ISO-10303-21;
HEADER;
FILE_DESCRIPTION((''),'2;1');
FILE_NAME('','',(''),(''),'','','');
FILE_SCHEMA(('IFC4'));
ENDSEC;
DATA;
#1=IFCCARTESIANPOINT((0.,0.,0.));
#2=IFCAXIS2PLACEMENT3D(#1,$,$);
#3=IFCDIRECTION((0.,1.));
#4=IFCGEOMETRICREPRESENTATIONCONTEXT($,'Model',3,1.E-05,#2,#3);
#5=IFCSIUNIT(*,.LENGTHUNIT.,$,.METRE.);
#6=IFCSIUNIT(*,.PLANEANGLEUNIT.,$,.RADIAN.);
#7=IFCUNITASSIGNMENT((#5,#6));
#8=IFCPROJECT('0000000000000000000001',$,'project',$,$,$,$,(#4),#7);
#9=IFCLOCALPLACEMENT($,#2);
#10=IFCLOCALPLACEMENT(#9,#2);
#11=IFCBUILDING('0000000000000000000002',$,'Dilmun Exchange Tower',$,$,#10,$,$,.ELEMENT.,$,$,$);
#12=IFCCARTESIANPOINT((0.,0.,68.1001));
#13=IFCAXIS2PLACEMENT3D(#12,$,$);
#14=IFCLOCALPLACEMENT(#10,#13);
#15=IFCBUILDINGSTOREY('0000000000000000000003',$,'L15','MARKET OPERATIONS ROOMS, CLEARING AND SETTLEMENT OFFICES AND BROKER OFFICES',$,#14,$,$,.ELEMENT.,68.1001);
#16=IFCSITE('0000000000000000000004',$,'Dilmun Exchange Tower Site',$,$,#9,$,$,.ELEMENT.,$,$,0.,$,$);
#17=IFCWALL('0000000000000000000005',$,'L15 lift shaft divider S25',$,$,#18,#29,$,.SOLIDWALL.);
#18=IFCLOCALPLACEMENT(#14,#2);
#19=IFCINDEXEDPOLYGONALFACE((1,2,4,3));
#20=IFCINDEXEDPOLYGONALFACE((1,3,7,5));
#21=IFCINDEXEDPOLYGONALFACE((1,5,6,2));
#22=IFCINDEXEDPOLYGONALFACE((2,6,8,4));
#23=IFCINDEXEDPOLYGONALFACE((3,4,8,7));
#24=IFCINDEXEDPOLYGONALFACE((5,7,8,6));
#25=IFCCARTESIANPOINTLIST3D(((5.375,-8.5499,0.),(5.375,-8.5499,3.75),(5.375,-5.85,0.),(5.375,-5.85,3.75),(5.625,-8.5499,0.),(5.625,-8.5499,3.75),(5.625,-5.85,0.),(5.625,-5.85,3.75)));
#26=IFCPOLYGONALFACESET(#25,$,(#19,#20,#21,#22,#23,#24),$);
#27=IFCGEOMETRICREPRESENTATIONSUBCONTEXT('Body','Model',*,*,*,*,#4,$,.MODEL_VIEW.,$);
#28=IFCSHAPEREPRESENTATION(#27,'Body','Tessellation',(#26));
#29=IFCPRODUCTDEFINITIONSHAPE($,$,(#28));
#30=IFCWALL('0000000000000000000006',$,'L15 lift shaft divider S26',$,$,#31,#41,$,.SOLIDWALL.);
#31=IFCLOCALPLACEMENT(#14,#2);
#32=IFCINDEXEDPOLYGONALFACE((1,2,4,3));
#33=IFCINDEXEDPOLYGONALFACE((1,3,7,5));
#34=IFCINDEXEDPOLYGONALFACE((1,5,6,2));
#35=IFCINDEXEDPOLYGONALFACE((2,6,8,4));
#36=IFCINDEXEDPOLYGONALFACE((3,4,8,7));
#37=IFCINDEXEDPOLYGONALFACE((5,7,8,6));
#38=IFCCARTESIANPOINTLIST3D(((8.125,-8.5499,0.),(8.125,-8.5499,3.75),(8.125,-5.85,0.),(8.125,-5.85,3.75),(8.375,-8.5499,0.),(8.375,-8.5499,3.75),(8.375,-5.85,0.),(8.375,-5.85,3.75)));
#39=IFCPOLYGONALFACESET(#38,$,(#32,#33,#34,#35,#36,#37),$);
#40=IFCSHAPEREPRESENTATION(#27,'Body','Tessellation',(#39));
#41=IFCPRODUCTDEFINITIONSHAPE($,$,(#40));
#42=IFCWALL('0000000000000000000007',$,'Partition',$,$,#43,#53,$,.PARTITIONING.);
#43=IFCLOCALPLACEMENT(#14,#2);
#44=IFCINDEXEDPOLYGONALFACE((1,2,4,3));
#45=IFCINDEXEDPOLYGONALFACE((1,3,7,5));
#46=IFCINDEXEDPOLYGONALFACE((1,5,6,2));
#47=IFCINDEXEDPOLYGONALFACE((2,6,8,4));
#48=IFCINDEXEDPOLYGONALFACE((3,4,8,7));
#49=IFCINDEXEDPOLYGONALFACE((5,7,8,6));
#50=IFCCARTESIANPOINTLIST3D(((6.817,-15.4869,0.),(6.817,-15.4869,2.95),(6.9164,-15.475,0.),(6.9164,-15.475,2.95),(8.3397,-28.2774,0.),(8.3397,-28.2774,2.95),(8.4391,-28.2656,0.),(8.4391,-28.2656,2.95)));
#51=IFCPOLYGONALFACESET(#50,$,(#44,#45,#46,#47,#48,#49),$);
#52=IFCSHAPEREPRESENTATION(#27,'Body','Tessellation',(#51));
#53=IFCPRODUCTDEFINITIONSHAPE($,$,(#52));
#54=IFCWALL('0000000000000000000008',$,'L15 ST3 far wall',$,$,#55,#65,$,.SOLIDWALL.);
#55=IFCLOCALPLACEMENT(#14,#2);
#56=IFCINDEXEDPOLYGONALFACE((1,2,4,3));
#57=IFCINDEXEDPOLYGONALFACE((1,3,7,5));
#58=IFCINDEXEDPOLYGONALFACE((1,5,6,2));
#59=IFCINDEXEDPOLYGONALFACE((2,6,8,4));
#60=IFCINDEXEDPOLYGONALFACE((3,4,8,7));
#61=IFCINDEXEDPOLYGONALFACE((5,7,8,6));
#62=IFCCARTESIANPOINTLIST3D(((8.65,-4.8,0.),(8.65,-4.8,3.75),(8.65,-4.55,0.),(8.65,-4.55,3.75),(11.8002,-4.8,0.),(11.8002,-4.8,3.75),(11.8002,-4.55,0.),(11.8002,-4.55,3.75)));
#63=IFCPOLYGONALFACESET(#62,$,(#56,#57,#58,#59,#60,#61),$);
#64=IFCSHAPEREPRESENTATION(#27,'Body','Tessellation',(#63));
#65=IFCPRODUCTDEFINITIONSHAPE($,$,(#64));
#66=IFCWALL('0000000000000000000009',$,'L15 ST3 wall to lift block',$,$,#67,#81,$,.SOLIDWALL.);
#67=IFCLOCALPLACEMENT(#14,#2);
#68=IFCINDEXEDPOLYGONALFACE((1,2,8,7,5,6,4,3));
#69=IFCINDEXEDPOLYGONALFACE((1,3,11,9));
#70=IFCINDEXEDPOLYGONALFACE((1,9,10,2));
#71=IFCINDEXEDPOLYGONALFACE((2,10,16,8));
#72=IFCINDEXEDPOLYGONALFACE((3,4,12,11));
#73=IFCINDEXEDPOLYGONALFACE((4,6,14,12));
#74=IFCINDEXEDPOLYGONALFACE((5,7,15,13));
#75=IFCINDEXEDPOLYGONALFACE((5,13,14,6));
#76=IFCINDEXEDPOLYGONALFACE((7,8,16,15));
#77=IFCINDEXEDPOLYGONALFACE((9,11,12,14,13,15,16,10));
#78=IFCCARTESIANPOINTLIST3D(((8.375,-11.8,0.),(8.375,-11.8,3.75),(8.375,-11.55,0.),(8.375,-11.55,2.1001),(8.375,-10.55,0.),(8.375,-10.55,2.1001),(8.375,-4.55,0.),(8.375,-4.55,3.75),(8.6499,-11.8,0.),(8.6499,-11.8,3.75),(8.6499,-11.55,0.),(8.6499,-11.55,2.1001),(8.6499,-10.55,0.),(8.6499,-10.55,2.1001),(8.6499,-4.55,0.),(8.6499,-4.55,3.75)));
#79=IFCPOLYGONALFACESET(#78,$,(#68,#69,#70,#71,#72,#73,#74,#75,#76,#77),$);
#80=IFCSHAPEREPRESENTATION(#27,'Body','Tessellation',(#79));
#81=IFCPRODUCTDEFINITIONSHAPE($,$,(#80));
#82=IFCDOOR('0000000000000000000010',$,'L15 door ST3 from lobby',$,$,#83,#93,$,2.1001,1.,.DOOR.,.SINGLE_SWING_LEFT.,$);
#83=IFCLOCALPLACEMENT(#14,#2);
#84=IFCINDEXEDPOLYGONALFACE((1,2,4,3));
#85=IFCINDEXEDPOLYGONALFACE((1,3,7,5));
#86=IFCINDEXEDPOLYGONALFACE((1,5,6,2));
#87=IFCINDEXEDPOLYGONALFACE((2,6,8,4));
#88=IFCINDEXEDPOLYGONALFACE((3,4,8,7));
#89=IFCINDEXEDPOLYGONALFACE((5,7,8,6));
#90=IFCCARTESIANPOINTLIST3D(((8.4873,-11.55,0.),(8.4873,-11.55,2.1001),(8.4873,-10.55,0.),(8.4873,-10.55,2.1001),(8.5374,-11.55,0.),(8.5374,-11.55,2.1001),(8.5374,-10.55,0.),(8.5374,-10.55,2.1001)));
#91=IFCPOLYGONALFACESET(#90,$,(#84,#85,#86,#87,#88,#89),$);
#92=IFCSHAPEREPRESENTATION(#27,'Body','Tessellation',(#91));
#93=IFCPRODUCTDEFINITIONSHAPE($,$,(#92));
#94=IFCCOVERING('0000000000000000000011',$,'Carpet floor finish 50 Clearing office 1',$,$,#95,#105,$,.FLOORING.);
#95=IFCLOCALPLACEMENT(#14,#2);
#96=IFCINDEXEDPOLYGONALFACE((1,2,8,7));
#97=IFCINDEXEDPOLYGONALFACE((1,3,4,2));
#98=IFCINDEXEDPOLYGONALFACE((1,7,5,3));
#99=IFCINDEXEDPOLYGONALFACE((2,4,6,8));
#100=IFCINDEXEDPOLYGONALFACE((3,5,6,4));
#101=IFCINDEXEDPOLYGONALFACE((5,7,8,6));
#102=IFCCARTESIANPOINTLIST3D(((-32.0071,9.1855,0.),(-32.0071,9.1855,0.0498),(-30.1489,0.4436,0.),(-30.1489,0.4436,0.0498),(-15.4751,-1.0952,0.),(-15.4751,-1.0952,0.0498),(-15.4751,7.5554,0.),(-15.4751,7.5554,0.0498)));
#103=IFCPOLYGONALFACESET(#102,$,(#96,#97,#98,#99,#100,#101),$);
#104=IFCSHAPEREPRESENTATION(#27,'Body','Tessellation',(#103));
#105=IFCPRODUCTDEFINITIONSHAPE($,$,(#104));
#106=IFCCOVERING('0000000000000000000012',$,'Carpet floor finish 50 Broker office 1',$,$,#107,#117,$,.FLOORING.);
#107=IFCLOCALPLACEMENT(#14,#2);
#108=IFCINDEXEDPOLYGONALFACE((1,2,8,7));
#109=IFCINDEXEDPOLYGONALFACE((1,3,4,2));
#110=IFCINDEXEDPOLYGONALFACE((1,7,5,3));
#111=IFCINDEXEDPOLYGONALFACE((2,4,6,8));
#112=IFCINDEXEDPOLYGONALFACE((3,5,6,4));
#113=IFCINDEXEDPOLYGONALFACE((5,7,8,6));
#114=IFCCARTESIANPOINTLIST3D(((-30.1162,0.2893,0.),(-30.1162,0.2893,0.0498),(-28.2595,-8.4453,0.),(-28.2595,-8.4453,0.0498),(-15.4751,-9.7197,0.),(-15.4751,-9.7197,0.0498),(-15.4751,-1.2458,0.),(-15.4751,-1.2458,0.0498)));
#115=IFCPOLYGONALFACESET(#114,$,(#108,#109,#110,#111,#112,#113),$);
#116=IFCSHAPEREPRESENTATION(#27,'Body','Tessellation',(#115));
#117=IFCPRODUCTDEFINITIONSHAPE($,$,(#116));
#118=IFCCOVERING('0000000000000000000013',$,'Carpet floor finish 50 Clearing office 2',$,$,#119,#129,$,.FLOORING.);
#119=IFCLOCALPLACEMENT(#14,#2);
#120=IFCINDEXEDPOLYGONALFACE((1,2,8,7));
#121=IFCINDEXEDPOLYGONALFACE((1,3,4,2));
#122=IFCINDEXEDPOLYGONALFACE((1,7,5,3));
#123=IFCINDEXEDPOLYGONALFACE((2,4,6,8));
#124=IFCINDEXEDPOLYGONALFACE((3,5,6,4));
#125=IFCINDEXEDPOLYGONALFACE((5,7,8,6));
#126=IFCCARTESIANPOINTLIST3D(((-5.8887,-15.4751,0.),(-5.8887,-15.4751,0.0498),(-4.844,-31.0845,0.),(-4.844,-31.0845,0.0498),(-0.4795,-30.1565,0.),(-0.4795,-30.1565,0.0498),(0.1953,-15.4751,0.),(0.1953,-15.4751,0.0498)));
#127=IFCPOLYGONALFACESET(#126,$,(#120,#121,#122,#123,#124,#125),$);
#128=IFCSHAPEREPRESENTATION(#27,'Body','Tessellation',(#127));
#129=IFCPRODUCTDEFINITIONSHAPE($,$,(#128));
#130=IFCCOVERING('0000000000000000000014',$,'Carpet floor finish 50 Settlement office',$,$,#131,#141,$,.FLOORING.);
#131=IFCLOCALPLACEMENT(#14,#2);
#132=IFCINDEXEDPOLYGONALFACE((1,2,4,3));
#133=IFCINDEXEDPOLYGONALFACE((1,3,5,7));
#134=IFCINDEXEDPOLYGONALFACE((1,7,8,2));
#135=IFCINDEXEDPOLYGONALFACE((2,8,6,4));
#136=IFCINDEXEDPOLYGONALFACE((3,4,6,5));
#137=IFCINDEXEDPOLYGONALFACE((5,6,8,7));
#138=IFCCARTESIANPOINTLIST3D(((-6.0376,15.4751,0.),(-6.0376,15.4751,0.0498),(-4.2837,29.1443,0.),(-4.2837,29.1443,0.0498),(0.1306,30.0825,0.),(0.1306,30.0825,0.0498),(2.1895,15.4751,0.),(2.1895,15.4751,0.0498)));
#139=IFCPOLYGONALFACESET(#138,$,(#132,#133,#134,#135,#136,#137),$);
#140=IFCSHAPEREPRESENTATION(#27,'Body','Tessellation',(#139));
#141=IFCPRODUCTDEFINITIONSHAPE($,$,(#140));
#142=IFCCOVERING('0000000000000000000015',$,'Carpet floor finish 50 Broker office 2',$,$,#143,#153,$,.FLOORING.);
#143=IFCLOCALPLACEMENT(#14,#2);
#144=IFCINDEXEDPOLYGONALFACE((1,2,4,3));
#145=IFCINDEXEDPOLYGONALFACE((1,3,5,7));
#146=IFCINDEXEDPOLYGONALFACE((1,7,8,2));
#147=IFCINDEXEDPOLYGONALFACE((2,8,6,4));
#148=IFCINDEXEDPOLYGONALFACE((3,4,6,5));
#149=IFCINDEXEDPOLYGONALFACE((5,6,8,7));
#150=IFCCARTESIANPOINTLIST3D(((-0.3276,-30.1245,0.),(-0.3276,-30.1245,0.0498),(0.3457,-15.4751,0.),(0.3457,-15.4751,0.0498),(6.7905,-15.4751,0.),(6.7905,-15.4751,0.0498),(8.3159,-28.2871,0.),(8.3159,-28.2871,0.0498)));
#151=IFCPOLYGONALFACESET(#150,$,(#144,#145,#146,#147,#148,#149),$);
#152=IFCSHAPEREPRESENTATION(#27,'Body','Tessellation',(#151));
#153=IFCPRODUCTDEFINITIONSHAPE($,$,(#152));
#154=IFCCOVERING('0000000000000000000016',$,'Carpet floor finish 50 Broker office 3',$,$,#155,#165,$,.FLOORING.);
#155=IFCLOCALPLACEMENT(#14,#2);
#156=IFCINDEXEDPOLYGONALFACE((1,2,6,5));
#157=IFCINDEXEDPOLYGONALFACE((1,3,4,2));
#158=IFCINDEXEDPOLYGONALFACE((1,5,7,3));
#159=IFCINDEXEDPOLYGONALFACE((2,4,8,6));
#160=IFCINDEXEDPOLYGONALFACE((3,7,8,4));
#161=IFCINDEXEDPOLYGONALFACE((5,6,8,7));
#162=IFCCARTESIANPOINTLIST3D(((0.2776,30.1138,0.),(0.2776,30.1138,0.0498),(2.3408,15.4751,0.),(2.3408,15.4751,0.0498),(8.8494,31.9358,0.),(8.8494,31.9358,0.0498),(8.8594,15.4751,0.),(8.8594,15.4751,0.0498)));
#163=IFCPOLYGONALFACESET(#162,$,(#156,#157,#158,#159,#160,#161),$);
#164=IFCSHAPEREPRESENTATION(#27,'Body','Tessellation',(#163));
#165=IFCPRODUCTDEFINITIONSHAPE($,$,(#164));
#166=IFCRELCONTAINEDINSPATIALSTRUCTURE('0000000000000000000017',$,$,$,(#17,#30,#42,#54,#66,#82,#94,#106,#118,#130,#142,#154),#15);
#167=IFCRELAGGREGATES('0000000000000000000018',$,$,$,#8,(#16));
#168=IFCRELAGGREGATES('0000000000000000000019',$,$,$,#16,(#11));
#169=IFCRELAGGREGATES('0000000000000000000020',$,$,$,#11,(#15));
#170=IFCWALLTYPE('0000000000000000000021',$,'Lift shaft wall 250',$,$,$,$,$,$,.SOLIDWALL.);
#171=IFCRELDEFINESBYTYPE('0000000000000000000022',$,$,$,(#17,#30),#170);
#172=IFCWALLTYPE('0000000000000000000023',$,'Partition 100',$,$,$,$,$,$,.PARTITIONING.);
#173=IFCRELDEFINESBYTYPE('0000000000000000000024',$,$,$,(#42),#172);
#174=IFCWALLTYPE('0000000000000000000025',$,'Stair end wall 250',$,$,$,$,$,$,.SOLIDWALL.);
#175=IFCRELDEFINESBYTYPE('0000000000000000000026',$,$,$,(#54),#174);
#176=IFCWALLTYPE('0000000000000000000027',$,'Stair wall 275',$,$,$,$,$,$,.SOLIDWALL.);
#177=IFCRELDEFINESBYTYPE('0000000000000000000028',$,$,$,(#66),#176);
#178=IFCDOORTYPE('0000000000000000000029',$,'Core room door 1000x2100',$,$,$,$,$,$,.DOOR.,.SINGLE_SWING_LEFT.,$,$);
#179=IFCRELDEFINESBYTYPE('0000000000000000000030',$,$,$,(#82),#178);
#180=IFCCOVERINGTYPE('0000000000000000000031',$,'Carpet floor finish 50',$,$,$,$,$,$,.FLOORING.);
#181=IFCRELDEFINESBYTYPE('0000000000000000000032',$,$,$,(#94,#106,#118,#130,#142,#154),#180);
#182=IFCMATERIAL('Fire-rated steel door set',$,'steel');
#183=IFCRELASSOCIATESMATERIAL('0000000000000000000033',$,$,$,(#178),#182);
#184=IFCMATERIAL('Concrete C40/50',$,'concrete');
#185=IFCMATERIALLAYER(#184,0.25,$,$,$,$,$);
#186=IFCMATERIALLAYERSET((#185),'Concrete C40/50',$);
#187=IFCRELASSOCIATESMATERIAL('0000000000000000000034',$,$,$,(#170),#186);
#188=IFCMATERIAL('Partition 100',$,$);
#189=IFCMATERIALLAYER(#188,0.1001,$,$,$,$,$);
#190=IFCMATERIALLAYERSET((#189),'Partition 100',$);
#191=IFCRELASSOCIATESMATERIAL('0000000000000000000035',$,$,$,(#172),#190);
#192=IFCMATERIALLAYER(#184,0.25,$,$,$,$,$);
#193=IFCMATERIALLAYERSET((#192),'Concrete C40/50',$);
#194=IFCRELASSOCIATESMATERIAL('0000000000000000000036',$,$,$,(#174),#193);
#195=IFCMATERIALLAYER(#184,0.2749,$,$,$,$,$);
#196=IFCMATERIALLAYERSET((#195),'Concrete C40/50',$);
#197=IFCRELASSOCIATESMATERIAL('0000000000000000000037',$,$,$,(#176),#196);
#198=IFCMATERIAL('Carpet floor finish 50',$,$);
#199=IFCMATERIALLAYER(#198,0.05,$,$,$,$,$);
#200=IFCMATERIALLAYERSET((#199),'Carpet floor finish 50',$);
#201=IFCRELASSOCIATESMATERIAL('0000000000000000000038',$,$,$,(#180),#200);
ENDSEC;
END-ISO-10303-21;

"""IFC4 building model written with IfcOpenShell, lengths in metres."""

from ifc_helpers import new_model, si_unit, direction, frame, frame_2d, origin, place, context, subcontext, project, spatial, polyline, rectangle, outline, extrude, material, layer, layer_set, type_object, element, fill, save


model = new_model("IFC4")

# Units and contexts
model_context = context("Model", 3, precision=1e-05, world=origin(), true_north=direction((0.0, 1.0)))
body_context = subcontext(model_context, "Body", "Model", "MODEL_VIEW")
ifc_project = project(units=[si_unit("LENGTHUNIT", "METRE"), si_unit("PLANEANGLEUNIT", "RADIAN")], contexts=[model_context])

# Site, building, storey
site_placement = place(None, origin())
site = spatial("IfcSite", under=ifc_project, at=site_placement, Name="Dilmun Exchange Tower Site", CompositionType="ELEMENT", RefElevation=0.0)
building_placement = place(site_placement, origin())
building = spatial("IfcBuilding", under=site, at=building_placement, Name="Dilmun Exchange Tower", CompositionType="ELEMENT")
storey_placement = place(building_placement, frame((0.0, 0.0, 68.1001)))
storey = spatial("IfcBuildingStorey", under=building, at=storey_placement, Name="L15", Description="MARKET OPERATIONS ROOMS, CLEARING AND SETTLEMENT OFFICES AND BROKER OFFICES", CompositionType="ELEMENT", Elevation=68.1001)

# Shared definitions
ifc_material_1 = material(Name="Concrete C40/50", Category="concrete")

# Shared definitions
ifc_material_2 = material(Name="Fire-rated steel door set", Category="steel")

# Shared definitions
door_type_1 = type_object("IfcDoorType", Name="Core room door 1000x2100", OperationType="SINGLE_SWING_LEFT", PredefinedType="DOOR", material=ifc_material_2)

# Walls
ifc_layer_1 = layer(ifc_material_1, 0.25)
ifc_layer_set_1 = layer_set([ifc_layer_1], Name="Concrete C40/50")
wall_type_1 = type_object("IfcWallType", Name="Lift shaft wall 250", PredefinedType="SOLIDWALL", material=ifc_layer_set_1)
for number, where, z_axis, x_axis, name in (
    (1, (5.5, -8.55, 0.0), (0.0, 0.0, 1.0), (0.0, 1.0, 0.0), "L15 lift shaft divider S25"),
    (2, (8.25, -8.55, 0.0), (0.0, 0.0, 1.0), (0.0, 1.0, 0.0), "L15 lift shaft divider S26"),
):
    element("IfcWall", number, at=place(storey_placement, frame(where, z_axis=z_axis, x_axis=x_axis)), inside=storey, type_object=wall_type_1, Name=name, PredefinedType="SOLIDWALL", context=body_context, shape_type="SweptSolid", body=[
        extrude(rectangle(XDim=2.7, YDim=0.25, at=frame_2d((1.3501, 0.0))), origin(), (0.0, 0.0, 1.0), 3.75),
    ])
ifc_material_3 = material(Name="Partition 100")
ifc_layer_2 = layer(ifc_material_3, 0.1001)
ifc_layer_set_2 = layer_set([ifc_layer_2], Name="Partition 100")
wall_type_2 = type_object("IfcWallType", Name="Partition 100", PredefinedType="PARTITIONING", material=ifc_layer_set_2)
wall_1_placement = place(storey_placement, frame((6.8667, -15.481, 0.0), z_axis=(0.0, 0.0, 1.0), x_axis=(0.118215, -0.992988, 0.0)))
element("IfcWall", 3, at=wall_1_placement, inside=storey, type_object=wall_type_2, Name="Partition", PredefinedType="PARTITIONING", context=body_context, shape_type="SweptSolid", body=[
    extrude(rectangle(XDim=12.8809, YDim=0.1001, at=frame_2d((6.4404, 0.0))), origin(), (0.0, 0.0, 1.0), 2.95),
])
ifc_layer_3 = layer(ifc_material_1, 0.25)
ifc_layer_set_3 = layer_set([ifc_layer_3], Name="Concrete C40/50")
wall_type_3 = type_object("IfcWallType", Name="Stair end wall 250", PredefinedType="SOLIDWALL", material=ifc_layer_set_3)
wall_2_placement = place(storey_placement, frame((8.6499, -4.675, 0.0), z_axis=(0.0, 0.0, 1.0), x_axis=(1.0, 0.0, 0.0)))
element("IfcWall", 4, at=wall_2_placement, inside=storey, type_object=wall_type_3, Name="L15 ST3 far wall", PredefinedType="SOLIDWALL", context=body_context, shape_type="SweptSolid", body=[
    extrude(rectangle(XDim=3.1501, YDim=0.25, at=frame_2d((1.5752, 0.0))), origin(), (0.0, 0.0, 1.0), 3.75),
])

# Wall, opening, door
ifc_layer_4 = layer(ifc_material_1, 0.2749)
ifc_layer_set_4 = layer_set([ifc_layer_4], Name="Concrete C40/50")
wall_type_4 = type_object("IfcWallType", Name="Stair wall 275", PredefinedType="SOLIDWALL", material=ifc_layer_set_4)
wall_3_placement = place(storey_placement, frame((8.5125, -4.55, 0.0), z_axis=(0.0, 0.0, 1.0), x_axis=(0.0, -1.0, 0.0)))
wall_3 = element("IfcWall", 5, at=wall_3_placement, inside=storey, type_object=wall_type_4, Name="L15 ST3 wall to lift block", PredefinedType="SOLIDWALL", context=body_context, shape_type="SweptSolid", body=[
    extrude(rectangle(XDim=7.25, YDim=0.2749, at=frame_2d((3.625, 0.0))), origin(), (0.0, 0.0, 1.0), 3.75),
])
opening_1_placement = place(wall_3_placement, frame((6.0, 0.0, 0.0)))
opening_1 = element("IfcOpeningElement", 6, at=opening_1_placement, cuts=wall_3, PredefinedType="OPENING", context=body_context, shape_type="SweptSolid", body=[
    extrude(rectangle(XDim=1.0, YDim=2.1001, at=frame_2d((0.5, 1.05))), frame((0.0, 0.1475, 0.0), z_axis=(0.0, -1.0, 0.0), x_axis=(1.0, 0.0, 0.0)), (0.0, 0.0, 1.0), 0.2949),
])
door_1_placement = place(opening_1_placement, origin())
door_1 = element("IfcDoor", 7, at=door_1_placement, inside=storey, type_object=door_type_1, Name="L15 door ST3 from lobby", OperationType="SINGLE_SWING_LEFT", OverallHeight=2.1001, OverallWidth=1.0, PredefinedType="DOOR", context=body_context, shape_type="SweptSolid", body=[
    extrude(rectangle(XDim=1.0, YDim=2.1001, at=frame_2d((0.5, 1.05))), frame((0.0, 0.0249, 0.0), z_axis=(0.0, -1.0, 0.0), x_axis=(1.0, 0.0, 0.0)), (0.0, 0.0, 1.0), 0.05),
])
fill(opening_1, door_1)

# Coverings
ifc_material_4 = material(Name="Carpet floor finish 50")
ifc_layer_5 = layer(ifc_material_4, 0.05)
ifc_layer_set_5 = layer_set([ifc_layer_5], Name="Carpet floor finish 50")
covering_type_1 = type_object("IfcCoveringType", Name="Carpet floor finish 50", PredefinedType="FLOORING", material=ifc_layer_set_5)
covering_1_placement = place(storey_placement, origin())
element("IfcCovering", 8, at=covering_1_placement, inside=storey, type_object=covering_type_1, Name="Carpet floor finish 50 Clearing office 1", PredefinedType="FLOORING", context=body_context, shape_type="SweptSolid", body=[
    extrude(outline(polyline([(-15.4751, -1.0952), (-30.1489, 0.4436), (-32.0071, 9.1855), (-15.4751, 7.5554), (-15.4751, -1.0952)])), origin(), (0.0, 0.0, 1.0), 0.0498),
])
covering_2_placement = place(storey_placement, origin())
element("IfcCovering", 9, at=covering_2_placement, inside=storey, type_object=covering_type_1, Name="Carpet floor finish 50 Broker office 1", PredefinedType="FLOORING", context=body_context, shape_type="SweptSolid", body=[
    extrude(outline(polyline([(-15.4751, -9.7197), (-28.2595, -8.4453), (-30.1162, 0.2893), (-15.4751, -1.2458), (-15.4751, -9.7197)])), origin(), (0.0, 0.0, 1.0), 0.0498),
])
covering_3_placement = place(storey_placement, origin())
element("IfcCovering", 10, at=covering_3_placement, inside=storey, type_object=covering_type_1, Name="Carpet floor finish 50 Clearing office 2", PredefinedType="FLOORING", context=body_context, shape_type="SweptSolid", body=[
    extrude(outline(polyline([(-5.8887, -15.4751), (0.1953, -15.4751), (-0.4795, -30.1565), (-4.844, -31.0845), (-5.8887, -15.4751)])), origin(), (0.0, 0.0, 1.0), 0.0498),
])
covering_4_placement = place(storey_placement, origin())
element("IfcCovering", 11, at=covering_4_placement, inside=storey, type_object=covering_type_1, Name="Carpet floor finish 50 Settlement office", PredefinedType="FLOORING", context=body_context, shape_type="SweptSolid", body=[
    extrude(outline(polyline([(2.1895, 15.4751), (-6.0376, 15.4751), (-4.2837, 29.1443), (0.1306, 30.0825), (2.1895, 15.4751)])), origin(), (0.0, 0.0, 1.0), 0.0498),
])
covering_5_placement = place(storey_placement, origin())
element("IfcCovering", 12, at=covering_5_placement, inside=storey, type_object=covering_type_1, Name="Carpet floor finish 50 Broker office 2", PredefinedType="FLOORING", context=body_context, shape_type="SweptSolid", body=[
    extrude(outline(polyline([(6.7905, -15.4751), (8.3159, -28.2871), (-0.3276, -30.1245), (0.3457, -15.4751), (6.7905, -15.4751)])), origin(), (0.0, 0.0, 1.0), 0.0498),
])
covering_6_placement = place(storey_placement, origin())
element("IfcCovering", 13, at=covering_6_placement, inside=storey, type_object=covering_type_1, Name="Carpet floor finish 50 Broker office 3", PredefinedType="FLOORING", context=body_context, shape_type="SweptSolid", body=[
    extrude(outline(polyline([(2.3408, 15.4751), (0.2776, 30.1138), (8.8494, 31.9358), (8.8594, 15.4751), (2.3408, 15.4751)])), origin(), (0.0, 0.0, 1.0), 0.0498),
])

save(model, "model.ifc")
